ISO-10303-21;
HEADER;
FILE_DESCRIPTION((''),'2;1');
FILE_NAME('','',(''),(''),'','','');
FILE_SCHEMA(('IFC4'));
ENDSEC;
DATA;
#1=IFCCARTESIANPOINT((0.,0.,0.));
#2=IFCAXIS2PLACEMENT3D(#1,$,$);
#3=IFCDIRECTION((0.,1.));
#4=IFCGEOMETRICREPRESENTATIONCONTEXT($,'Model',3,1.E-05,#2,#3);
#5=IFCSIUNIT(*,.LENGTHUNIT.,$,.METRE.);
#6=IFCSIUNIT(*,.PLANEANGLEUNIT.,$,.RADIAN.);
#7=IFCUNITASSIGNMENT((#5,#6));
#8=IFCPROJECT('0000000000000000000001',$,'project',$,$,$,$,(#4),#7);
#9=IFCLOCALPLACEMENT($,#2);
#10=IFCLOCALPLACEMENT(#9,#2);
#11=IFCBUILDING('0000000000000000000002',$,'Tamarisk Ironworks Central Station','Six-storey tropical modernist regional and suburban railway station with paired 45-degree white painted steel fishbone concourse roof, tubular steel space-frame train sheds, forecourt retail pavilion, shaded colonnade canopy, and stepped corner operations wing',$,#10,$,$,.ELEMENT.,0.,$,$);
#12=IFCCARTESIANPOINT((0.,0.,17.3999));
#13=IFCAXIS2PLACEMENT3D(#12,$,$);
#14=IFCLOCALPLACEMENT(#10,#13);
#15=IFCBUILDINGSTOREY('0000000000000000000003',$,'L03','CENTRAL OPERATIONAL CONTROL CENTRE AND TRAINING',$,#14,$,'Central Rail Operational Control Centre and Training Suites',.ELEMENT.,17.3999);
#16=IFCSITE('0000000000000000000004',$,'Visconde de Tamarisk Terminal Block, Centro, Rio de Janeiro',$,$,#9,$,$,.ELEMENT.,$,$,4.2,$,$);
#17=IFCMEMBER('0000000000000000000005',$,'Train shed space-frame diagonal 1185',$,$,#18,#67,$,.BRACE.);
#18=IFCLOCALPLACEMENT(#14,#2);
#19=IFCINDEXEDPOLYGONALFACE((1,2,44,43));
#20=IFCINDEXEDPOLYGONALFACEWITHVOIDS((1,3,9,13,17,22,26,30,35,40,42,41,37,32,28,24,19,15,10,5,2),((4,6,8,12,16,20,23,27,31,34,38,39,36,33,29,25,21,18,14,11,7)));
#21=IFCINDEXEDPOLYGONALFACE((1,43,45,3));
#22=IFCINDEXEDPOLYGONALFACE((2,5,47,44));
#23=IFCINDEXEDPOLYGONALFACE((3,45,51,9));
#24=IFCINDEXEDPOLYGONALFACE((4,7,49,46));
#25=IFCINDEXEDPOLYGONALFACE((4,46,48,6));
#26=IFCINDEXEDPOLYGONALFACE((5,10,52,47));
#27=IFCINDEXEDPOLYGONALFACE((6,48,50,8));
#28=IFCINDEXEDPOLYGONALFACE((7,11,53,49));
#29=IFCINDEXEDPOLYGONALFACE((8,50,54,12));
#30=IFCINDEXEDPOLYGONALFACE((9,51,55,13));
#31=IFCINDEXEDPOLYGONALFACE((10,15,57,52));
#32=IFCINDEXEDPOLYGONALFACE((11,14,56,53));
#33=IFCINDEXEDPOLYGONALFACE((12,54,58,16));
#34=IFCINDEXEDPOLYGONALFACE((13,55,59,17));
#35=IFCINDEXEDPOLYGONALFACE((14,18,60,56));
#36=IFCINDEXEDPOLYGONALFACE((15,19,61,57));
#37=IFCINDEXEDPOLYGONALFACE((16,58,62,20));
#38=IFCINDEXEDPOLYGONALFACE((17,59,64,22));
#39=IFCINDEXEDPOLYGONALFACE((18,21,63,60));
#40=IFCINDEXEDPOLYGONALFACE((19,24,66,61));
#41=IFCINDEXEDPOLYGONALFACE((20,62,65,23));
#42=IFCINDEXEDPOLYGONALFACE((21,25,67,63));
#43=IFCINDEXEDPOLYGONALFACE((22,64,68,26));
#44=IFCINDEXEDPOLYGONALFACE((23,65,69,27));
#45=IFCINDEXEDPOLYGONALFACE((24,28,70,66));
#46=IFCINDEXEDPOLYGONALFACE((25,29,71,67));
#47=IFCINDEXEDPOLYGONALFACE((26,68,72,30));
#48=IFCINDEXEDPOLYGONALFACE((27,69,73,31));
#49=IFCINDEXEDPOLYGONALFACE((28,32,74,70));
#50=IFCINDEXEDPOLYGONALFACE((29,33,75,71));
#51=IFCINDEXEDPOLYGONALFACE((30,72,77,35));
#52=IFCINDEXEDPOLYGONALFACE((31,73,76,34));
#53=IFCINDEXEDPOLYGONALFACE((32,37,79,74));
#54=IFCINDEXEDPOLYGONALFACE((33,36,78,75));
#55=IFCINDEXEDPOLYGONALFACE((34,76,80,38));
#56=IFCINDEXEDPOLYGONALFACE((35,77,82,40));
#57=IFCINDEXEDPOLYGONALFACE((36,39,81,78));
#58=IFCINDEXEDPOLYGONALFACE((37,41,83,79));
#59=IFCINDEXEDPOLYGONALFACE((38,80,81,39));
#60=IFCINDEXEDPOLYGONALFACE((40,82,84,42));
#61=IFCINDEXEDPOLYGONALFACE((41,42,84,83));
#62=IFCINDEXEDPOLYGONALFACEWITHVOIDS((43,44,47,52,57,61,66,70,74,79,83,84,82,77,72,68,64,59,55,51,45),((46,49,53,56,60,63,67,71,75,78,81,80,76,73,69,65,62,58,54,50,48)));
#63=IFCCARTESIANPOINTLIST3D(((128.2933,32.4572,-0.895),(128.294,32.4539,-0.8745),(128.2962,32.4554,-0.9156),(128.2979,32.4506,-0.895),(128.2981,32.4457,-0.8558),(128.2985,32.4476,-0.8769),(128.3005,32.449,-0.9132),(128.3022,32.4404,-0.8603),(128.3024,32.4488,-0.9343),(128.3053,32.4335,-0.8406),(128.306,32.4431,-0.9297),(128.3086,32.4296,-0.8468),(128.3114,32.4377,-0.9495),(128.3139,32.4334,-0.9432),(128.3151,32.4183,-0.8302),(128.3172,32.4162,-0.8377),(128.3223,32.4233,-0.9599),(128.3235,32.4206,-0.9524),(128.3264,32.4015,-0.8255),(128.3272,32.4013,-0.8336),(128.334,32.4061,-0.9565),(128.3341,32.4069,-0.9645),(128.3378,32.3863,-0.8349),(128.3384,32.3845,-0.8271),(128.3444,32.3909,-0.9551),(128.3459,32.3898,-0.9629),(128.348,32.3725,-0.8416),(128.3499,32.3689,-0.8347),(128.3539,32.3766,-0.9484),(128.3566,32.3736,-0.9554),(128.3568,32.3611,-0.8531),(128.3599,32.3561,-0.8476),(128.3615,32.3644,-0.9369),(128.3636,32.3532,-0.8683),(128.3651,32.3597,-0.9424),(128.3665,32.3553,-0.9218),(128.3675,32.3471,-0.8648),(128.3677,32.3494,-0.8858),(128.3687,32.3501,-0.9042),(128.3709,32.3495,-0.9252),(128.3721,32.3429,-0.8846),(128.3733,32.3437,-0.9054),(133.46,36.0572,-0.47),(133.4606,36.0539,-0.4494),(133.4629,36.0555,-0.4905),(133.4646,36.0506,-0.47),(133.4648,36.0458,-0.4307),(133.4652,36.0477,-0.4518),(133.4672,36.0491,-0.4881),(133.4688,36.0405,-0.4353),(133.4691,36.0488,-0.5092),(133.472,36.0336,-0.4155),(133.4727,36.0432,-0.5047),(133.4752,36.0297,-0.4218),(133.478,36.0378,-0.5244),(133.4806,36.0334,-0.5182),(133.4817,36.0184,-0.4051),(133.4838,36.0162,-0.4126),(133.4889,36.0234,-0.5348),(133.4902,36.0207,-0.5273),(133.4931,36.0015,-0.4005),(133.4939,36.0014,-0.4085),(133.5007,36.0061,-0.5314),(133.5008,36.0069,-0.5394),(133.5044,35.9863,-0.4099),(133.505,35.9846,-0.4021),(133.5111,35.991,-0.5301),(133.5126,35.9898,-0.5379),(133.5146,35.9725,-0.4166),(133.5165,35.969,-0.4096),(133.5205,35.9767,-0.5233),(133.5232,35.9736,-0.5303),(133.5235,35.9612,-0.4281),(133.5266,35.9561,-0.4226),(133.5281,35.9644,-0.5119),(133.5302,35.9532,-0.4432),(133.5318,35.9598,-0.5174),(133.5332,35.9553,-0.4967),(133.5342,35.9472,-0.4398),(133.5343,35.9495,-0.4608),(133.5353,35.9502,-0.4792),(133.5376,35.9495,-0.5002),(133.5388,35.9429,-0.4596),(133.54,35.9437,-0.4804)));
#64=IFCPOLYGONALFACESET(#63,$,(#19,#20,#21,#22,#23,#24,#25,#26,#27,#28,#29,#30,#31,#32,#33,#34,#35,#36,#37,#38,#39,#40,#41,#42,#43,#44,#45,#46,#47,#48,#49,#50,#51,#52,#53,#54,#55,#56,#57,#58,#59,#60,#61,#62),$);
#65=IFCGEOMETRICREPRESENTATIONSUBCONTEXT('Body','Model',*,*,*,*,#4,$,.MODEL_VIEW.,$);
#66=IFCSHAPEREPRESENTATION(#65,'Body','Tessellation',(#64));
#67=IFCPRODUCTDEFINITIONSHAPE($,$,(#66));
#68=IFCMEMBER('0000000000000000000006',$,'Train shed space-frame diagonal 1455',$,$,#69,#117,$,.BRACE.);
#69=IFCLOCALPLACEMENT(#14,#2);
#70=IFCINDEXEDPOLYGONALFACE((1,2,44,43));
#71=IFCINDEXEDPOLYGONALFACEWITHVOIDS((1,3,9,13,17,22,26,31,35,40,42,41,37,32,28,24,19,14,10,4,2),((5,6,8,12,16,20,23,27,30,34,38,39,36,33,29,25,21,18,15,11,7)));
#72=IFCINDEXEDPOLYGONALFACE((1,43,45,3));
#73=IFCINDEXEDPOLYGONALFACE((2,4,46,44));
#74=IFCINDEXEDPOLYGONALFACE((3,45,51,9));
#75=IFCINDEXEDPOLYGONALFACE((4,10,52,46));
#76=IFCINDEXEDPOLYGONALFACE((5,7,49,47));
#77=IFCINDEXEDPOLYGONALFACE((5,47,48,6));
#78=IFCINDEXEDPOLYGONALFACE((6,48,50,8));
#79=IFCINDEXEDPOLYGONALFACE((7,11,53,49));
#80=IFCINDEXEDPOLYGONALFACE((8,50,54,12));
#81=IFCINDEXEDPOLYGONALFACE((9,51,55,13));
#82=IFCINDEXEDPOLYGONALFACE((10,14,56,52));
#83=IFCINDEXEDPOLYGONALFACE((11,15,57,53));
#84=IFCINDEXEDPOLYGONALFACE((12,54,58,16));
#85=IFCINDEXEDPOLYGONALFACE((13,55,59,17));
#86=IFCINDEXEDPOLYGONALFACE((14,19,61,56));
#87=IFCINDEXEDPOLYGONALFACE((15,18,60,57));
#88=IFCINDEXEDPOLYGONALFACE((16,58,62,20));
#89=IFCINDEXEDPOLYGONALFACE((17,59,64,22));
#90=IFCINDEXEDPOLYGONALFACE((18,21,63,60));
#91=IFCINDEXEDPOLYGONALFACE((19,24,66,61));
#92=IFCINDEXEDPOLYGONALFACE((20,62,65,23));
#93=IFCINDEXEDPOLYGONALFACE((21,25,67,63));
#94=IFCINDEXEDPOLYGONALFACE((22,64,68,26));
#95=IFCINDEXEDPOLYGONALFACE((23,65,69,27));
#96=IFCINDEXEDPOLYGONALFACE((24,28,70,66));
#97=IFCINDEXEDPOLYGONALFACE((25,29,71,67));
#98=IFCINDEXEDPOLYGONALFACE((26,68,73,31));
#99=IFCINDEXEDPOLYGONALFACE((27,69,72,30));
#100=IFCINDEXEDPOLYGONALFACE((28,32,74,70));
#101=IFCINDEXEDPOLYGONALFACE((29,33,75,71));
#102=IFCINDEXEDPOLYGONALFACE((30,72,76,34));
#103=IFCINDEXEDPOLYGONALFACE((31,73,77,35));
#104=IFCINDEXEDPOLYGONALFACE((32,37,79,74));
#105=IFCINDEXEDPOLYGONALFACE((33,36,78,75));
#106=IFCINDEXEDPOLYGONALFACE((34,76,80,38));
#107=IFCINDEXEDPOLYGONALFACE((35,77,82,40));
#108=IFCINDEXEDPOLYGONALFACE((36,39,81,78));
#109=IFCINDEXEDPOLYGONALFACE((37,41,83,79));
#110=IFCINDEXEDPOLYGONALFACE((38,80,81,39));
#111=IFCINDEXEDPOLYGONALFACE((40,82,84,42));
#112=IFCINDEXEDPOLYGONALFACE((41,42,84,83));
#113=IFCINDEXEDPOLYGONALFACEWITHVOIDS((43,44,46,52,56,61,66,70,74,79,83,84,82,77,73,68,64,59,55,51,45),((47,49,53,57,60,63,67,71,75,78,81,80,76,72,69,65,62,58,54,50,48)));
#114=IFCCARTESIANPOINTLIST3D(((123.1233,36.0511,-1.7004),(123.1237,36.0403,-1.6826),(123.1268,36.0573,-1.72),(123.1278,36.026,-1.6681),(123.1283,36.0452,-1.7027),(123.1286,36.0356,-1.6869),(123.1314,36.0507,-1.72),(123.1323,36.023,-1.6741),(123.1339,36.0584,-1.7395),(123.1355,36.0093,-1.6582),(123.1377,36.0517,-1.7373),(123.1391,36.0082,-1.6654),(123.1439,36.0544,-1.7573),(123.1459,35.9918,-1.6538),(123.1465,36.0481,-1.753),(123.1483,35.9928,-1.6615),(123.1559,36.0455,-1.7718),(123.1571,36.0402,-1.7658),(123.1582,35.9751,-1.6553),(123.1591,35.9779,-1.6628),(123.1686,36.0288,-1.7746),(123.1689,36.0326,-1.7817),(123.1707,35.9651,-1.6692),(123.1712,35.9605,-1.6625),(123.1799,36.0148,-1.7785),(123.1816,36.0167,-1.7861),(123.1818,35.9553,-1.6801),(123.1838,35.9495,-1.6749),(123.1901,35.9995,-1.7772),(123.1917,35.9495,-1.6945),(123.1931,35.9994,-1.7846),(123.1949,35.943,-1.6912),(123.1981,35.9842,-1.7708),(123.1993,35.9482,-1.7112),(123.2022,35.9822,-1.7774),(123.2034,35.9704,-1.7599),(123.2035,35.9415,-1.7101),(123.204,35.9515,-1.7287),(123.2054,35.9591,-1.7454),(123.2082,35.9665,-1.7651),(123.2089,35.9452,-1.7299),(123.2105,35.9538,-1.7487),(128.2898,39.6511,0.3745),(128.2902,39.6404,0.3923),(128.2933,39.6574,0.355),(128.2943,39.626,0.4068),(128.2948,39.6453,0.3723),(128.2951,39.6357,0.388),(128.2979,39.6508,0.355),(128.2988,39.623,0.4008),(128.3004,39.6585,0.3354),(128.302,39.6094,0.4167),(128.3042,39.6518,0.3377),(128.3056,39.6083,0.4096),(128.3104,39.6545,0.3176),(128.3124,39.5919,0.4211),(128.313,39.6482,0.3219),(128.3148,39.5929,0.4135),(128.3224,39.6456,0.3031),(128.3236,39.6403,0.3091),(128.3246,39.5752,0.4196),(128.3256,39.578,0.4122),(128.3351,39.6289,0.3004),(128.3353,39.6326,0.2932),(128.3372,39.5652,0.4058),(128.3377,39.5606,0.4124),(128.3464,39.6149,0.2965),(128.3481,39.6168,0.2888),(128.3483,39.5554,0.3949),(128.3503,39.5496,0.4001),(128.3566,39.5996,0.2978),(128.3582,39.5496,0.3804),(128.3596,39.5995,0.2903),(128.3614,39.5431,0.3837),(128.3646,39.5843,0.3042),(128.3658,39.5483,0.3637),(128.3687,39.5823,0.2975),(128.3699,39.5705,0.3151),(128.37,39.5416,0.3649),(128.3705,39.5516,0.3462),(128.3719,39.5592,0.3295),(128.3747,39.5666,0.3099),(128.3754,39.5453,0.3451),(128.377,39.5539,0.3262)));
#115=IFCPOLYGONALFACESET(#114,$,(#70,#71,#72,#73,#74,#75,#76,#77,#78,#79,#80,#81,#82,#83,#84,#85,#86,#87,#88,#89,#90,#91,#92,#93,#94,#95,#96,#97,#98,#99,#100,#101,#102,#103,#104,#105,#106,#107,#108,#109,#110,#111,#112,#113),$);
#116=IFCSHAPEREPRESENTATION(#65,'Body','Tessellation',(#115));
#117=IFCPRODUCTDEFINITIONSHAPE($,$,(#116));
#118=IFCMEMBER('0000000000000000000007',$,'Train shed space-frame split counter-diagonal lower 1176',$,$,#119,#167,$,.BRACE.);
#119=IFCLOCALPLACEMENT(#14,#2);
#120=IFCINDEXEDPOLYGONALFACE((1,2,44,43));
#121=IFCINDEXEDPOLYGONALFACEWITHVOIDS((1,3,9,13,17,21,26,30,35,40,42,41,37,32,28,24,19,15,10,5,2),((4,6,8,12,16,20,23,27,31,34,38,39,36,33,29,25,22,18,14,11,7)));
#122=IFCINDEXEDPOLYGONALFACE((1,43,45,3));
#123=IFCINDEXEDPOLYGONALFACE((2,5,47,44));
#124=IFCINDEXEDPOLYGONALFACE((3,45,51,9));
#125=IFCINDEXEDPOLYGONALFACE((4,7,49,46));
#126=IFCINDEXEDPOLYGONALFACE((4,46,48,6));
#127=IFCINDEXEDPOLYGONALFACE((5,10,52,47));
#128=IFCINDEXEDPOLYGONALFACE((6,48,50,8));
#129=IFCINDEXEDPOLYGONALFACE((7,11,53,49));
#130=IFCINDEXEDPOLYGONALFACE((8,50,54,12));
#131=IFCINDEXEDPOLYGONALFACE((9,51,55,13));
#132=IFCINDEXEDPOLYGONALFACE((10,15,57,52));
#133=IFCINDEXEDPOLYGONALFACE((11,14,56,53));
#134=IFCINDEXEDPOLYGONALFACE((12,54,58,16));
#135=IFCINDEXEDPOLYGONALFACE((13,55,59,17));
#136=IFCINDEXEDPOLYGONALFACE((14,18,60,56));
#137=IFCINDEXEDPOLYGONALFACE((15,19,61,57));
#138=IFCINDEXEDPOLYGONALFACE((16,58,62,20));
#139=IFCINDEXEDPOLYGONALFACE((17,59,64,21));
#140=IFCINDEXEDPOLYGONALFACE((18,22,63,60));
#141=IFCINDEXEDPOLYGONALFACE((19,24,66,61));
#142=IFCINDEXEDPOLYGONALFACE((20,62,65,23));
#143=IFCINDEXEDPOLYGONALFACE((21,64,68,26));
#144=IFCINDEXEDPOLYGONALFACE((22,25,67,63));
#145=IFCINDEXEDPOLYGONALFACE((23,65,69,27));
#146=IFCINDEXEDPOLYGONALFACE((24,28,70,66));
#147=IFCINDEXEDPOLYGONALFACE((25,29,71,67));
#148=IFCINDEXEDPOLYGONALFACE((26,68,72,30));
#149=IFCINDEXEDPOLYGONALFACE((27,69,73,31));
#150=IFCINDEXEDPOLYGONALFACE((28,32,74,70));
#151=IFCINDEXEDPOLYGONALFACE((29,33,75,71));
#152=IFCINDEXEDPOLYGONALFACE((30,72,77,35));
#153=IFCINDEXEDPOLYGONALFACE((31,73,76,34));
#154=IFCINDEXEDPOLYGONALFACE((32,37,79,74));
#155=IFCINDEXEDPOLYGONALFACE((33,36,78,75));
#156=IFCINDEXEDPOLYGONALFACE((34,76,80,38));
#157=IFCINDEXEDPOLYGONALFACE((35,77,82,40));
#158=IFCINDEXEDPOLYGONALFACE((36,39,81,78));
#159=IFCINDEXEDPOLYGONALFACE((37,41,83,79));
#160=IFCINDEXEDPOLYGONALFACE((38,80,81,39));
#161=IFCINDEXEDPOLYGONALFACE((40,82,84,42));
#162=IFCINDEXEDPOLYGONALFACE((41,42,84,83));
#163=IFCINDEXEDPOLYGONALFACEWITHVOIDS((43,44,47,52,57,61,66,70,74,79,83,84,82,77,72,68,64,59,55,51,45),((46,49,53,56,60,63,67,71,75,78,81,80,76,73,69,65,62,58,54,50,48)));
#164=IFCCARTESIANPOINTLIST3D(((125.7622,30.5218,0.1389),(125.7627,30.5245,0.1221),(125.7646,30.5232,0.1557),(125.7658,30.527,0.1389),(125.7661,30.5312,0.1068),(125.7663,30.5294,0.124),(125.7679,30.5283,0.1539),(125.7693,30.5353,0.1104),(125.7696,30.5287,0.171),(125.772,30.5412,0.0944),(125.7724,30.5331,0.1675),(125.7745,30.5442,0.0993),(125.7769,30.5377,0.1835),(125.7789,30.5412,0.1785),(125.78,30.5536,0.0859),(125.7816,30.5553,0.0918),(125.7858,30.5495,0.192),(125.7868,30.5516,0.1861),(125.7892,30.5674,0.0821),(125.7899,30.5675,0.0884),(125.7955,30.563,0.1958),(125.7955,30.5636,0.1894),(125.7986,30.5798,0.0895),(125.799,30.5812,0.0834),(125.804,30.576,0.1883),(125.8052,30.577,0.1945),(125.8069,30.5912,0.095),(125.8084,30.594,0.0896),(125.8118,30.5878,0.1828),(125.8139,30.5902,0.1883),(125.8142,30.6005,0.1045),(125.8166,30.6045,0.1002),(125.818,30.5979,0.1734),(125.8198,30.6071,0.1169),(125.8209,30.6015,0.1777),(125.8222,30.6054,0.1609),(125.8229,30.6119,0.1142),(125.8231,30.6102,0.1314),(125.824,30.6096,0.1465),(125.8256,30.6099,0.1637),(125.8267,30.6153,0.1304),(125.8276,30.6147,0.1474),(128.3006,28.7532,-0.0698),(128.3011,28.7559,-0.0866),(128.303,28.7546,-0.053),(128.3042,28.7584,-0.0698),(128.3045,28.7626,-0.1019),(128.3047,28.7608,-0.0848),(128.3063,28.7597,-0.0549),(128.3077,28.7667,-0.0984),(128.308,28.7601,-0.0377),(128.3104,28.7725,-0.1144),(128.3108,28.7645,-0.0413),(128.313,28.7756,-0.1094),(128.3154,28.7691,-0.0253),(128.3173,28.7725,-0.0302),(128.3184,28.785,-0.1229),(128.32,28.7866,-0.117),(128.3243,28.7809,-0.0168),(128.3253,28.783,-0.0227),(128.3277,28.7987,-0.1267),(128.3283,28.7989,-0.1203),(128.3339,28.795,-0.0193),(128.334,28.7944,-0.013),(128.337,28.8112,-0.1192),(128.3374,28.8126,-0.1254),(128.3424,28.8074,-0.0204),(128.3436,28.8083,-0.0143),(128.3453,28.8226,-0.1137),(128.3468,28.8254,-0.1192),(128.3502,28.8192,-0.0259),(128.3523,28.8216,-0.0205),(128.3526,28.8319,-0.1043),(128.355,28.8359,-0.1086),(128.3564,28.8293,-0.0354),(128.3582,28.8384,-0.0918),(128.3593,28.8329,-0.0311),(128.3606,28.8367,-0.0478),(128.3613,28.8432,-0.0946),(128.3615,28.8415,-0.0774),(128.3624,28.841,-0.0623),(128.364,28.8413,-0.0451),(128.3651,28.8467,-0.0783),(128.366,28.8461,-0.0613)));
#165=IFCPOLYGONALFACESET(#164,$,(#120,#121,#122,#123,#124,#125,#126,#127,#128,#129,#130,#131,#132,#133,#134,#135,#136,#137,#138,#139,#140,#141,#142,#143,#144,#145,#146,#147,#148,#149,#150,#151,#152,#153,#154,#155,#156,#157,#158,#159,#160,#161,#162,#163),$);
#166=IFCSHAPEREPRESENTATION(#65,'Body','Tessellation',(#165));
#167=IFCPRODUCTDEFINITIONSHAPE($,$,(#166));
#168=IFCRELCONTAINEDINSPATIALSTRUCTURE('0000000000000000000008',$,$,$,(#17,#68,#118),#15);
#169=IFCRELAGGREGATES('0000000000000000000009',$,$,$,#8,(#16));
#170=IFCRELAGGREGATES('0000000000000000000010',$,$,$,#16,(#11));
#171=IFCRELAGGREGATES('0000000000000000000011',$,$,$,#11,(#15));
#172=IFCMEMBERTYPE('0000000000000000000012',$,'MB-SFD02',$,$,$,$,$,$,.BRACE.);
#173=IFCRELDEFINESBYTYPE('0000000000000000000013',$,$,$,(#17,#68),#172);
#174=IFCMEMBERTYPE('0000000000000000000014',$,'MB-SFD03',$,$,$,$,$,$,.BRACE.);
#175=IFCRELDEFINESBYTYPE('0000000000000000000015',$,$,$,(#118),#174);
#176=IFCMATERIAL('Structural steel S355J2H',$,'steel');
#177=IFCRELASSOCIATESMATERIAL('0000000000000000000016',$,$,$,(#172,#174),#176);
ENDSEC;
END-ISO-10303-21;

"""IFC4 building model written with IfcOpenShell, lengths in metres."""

from ifc_helpers import new_model, si_unit, direction, frame, origin, origin_2d, place, context, subcontext, project, spatial, hollow_circle, extrude, material, material_profile, profile_set, type_object, element, save


model = new_model("IFC4")

# Units and contexts
model_context = context("Model", 3, precision=1e-05, world=origin(), true_north=direction((0.0, 1.0)))
body_context = subcontext(model_context, "Body", "Model", "MODEL_VIEW")
ifc_project = project(units=[si_unit("LENGTHUNIT", "METRE"), si_unit("PLANEANGLEUNIT", "RADIAN")], contexts=[model_context])

# Site, building, storey
site_placement = place(None, origin())
site = spatial("IfcSite", under=ifc_project, at=site_placement, Name="Visconde de Tamarisk Terminal Block, Centro, Rio de Janeiro", CompositionType="ELEMENT", RefElevation=4.2)
building_placement = place(site_placement, origin())
building = spatial("IfcBuilding", under=site, at=building_placement, Name="Tamarisk Ironworks Central Station", Description="Six-storey tropical modernist regional and suburban railway station with paired 45-degree white painted steel fishbone concourse roof, tubular steel space-frame train sheds, forecourt retail pavilion, shaded colonnade canopy, and stepped corner operations wing", CompositionType="ELEMENT", ElevationOfRefHeight=0.0)
storey_placement = place(building_placement, frame((0.0, 0.0, 17.3999)))
storey = spatial("IfcBuildingStorey", under=building, at=storey_placement, Name="L03", Description="CENTRAL OPERATIONAL CONTROL CENTRE AND TRAINING", LongName="Central Rail Operational Control Centre and Training Suites", CompositionType="ELEMENT", Elevation=17.3999)

# Members
ifc_material_1 = material(Name="Structural steel S355J2H", Category="steel")
ifc_material_profile_1 = material_profile(ifc_material_1, hollow_circle(Radius=0.0698, WallThickness=0.0081, at=origin_2d()), Name="CHS 139.7x8")
ifc_profile_set_1 = profile_set([ifc_material_profile_1], Name="Structural steel S355J2H")
member_type_1 = type_object("IfcMemberType", Name="MB-SFD02", PredefinedType="BRACE", material=ifc_profile_set_1)
member_1_placement = place(storey_placement, frame((128.3333, 32.3999, -0.895), z_axis=(0.818608, 0.570391, 0.067344), x_axis=(-0.571689, 0.82047, 0.0)))
element("IfcMember", 1, at=member_1_placement, inside=storey, type_object=member_type_1, Name="Train shed space-frame diagonal 1185", PredefinedType="BRACE", context=body_context, shape_type="SweptSolid", body=[
    extrude(hollow_circle(Radius=0.0698, WallThickness=0.0081, at=origin_2d()), origin(), (0.0, 0.0, 1.0), 6.3115),
])
member_2_placement = place(storey_placement, frame((123.1667, 36.0, -1.72), z_axis=(0.779244, 0.542989, 0.312957), x_axis=(-0.571707, 0.820458, 0.0)))
element("IfcMember", 2, at=member_2_placement, inside=storey, type_object=member_type_1, Name="Train shed space-frame diagonal 1455", PredefinedType="BRACE", context=body_context, shape_type="SweptSolid", body=[
    extrude(hollow_circle(Radius=0.0698, WallThickness=0.0081, at=origin_2d()), origin(), (0.0, 0.0, 1.0), 6.6301),
])
ifc_material_profile_2 = material_profile(ifc_material_1, hollow_circle(Radius=0.0571, WallThickness=0.0063, at=origin_2d()), Name="CHS 114.3x6.3")
ifc_profile_set_2 = profile_set([ifc_material_profile_2], Name="Structural steel S355J2H")
member_type_2 = type_object("IfcMemberType", Name="MB-SFD03", PredefinedType="BRACE", material=ifc_profile_set_2)
for number, where, z_axis, x_axis, name in (
    (3, (128.3333, 28.8, -0.0698), (-0.818625, 0.570369, 0.06732), (-0.571666, -0.820487, 0.0), "Train shed space-frame split counter-diagonal lower 1176"),
):
    element("IfcMember", number, at=place(storey_placement, frame(where, z_axis=z_axis, x_axis=x_axis)), inside=storey, type_object=member_type_2, Name=name, PredefinedType="BRACE", context=body_context, shape_type="SweptSolid", body=[
        extrude(hollow_circle(Radius=0.0571, WallThickness=0.0063, at=origin_2d()), origin(), (0.0, 0.0, 1.0), 3.1008),
    ])

save(model, "model.ifc")
